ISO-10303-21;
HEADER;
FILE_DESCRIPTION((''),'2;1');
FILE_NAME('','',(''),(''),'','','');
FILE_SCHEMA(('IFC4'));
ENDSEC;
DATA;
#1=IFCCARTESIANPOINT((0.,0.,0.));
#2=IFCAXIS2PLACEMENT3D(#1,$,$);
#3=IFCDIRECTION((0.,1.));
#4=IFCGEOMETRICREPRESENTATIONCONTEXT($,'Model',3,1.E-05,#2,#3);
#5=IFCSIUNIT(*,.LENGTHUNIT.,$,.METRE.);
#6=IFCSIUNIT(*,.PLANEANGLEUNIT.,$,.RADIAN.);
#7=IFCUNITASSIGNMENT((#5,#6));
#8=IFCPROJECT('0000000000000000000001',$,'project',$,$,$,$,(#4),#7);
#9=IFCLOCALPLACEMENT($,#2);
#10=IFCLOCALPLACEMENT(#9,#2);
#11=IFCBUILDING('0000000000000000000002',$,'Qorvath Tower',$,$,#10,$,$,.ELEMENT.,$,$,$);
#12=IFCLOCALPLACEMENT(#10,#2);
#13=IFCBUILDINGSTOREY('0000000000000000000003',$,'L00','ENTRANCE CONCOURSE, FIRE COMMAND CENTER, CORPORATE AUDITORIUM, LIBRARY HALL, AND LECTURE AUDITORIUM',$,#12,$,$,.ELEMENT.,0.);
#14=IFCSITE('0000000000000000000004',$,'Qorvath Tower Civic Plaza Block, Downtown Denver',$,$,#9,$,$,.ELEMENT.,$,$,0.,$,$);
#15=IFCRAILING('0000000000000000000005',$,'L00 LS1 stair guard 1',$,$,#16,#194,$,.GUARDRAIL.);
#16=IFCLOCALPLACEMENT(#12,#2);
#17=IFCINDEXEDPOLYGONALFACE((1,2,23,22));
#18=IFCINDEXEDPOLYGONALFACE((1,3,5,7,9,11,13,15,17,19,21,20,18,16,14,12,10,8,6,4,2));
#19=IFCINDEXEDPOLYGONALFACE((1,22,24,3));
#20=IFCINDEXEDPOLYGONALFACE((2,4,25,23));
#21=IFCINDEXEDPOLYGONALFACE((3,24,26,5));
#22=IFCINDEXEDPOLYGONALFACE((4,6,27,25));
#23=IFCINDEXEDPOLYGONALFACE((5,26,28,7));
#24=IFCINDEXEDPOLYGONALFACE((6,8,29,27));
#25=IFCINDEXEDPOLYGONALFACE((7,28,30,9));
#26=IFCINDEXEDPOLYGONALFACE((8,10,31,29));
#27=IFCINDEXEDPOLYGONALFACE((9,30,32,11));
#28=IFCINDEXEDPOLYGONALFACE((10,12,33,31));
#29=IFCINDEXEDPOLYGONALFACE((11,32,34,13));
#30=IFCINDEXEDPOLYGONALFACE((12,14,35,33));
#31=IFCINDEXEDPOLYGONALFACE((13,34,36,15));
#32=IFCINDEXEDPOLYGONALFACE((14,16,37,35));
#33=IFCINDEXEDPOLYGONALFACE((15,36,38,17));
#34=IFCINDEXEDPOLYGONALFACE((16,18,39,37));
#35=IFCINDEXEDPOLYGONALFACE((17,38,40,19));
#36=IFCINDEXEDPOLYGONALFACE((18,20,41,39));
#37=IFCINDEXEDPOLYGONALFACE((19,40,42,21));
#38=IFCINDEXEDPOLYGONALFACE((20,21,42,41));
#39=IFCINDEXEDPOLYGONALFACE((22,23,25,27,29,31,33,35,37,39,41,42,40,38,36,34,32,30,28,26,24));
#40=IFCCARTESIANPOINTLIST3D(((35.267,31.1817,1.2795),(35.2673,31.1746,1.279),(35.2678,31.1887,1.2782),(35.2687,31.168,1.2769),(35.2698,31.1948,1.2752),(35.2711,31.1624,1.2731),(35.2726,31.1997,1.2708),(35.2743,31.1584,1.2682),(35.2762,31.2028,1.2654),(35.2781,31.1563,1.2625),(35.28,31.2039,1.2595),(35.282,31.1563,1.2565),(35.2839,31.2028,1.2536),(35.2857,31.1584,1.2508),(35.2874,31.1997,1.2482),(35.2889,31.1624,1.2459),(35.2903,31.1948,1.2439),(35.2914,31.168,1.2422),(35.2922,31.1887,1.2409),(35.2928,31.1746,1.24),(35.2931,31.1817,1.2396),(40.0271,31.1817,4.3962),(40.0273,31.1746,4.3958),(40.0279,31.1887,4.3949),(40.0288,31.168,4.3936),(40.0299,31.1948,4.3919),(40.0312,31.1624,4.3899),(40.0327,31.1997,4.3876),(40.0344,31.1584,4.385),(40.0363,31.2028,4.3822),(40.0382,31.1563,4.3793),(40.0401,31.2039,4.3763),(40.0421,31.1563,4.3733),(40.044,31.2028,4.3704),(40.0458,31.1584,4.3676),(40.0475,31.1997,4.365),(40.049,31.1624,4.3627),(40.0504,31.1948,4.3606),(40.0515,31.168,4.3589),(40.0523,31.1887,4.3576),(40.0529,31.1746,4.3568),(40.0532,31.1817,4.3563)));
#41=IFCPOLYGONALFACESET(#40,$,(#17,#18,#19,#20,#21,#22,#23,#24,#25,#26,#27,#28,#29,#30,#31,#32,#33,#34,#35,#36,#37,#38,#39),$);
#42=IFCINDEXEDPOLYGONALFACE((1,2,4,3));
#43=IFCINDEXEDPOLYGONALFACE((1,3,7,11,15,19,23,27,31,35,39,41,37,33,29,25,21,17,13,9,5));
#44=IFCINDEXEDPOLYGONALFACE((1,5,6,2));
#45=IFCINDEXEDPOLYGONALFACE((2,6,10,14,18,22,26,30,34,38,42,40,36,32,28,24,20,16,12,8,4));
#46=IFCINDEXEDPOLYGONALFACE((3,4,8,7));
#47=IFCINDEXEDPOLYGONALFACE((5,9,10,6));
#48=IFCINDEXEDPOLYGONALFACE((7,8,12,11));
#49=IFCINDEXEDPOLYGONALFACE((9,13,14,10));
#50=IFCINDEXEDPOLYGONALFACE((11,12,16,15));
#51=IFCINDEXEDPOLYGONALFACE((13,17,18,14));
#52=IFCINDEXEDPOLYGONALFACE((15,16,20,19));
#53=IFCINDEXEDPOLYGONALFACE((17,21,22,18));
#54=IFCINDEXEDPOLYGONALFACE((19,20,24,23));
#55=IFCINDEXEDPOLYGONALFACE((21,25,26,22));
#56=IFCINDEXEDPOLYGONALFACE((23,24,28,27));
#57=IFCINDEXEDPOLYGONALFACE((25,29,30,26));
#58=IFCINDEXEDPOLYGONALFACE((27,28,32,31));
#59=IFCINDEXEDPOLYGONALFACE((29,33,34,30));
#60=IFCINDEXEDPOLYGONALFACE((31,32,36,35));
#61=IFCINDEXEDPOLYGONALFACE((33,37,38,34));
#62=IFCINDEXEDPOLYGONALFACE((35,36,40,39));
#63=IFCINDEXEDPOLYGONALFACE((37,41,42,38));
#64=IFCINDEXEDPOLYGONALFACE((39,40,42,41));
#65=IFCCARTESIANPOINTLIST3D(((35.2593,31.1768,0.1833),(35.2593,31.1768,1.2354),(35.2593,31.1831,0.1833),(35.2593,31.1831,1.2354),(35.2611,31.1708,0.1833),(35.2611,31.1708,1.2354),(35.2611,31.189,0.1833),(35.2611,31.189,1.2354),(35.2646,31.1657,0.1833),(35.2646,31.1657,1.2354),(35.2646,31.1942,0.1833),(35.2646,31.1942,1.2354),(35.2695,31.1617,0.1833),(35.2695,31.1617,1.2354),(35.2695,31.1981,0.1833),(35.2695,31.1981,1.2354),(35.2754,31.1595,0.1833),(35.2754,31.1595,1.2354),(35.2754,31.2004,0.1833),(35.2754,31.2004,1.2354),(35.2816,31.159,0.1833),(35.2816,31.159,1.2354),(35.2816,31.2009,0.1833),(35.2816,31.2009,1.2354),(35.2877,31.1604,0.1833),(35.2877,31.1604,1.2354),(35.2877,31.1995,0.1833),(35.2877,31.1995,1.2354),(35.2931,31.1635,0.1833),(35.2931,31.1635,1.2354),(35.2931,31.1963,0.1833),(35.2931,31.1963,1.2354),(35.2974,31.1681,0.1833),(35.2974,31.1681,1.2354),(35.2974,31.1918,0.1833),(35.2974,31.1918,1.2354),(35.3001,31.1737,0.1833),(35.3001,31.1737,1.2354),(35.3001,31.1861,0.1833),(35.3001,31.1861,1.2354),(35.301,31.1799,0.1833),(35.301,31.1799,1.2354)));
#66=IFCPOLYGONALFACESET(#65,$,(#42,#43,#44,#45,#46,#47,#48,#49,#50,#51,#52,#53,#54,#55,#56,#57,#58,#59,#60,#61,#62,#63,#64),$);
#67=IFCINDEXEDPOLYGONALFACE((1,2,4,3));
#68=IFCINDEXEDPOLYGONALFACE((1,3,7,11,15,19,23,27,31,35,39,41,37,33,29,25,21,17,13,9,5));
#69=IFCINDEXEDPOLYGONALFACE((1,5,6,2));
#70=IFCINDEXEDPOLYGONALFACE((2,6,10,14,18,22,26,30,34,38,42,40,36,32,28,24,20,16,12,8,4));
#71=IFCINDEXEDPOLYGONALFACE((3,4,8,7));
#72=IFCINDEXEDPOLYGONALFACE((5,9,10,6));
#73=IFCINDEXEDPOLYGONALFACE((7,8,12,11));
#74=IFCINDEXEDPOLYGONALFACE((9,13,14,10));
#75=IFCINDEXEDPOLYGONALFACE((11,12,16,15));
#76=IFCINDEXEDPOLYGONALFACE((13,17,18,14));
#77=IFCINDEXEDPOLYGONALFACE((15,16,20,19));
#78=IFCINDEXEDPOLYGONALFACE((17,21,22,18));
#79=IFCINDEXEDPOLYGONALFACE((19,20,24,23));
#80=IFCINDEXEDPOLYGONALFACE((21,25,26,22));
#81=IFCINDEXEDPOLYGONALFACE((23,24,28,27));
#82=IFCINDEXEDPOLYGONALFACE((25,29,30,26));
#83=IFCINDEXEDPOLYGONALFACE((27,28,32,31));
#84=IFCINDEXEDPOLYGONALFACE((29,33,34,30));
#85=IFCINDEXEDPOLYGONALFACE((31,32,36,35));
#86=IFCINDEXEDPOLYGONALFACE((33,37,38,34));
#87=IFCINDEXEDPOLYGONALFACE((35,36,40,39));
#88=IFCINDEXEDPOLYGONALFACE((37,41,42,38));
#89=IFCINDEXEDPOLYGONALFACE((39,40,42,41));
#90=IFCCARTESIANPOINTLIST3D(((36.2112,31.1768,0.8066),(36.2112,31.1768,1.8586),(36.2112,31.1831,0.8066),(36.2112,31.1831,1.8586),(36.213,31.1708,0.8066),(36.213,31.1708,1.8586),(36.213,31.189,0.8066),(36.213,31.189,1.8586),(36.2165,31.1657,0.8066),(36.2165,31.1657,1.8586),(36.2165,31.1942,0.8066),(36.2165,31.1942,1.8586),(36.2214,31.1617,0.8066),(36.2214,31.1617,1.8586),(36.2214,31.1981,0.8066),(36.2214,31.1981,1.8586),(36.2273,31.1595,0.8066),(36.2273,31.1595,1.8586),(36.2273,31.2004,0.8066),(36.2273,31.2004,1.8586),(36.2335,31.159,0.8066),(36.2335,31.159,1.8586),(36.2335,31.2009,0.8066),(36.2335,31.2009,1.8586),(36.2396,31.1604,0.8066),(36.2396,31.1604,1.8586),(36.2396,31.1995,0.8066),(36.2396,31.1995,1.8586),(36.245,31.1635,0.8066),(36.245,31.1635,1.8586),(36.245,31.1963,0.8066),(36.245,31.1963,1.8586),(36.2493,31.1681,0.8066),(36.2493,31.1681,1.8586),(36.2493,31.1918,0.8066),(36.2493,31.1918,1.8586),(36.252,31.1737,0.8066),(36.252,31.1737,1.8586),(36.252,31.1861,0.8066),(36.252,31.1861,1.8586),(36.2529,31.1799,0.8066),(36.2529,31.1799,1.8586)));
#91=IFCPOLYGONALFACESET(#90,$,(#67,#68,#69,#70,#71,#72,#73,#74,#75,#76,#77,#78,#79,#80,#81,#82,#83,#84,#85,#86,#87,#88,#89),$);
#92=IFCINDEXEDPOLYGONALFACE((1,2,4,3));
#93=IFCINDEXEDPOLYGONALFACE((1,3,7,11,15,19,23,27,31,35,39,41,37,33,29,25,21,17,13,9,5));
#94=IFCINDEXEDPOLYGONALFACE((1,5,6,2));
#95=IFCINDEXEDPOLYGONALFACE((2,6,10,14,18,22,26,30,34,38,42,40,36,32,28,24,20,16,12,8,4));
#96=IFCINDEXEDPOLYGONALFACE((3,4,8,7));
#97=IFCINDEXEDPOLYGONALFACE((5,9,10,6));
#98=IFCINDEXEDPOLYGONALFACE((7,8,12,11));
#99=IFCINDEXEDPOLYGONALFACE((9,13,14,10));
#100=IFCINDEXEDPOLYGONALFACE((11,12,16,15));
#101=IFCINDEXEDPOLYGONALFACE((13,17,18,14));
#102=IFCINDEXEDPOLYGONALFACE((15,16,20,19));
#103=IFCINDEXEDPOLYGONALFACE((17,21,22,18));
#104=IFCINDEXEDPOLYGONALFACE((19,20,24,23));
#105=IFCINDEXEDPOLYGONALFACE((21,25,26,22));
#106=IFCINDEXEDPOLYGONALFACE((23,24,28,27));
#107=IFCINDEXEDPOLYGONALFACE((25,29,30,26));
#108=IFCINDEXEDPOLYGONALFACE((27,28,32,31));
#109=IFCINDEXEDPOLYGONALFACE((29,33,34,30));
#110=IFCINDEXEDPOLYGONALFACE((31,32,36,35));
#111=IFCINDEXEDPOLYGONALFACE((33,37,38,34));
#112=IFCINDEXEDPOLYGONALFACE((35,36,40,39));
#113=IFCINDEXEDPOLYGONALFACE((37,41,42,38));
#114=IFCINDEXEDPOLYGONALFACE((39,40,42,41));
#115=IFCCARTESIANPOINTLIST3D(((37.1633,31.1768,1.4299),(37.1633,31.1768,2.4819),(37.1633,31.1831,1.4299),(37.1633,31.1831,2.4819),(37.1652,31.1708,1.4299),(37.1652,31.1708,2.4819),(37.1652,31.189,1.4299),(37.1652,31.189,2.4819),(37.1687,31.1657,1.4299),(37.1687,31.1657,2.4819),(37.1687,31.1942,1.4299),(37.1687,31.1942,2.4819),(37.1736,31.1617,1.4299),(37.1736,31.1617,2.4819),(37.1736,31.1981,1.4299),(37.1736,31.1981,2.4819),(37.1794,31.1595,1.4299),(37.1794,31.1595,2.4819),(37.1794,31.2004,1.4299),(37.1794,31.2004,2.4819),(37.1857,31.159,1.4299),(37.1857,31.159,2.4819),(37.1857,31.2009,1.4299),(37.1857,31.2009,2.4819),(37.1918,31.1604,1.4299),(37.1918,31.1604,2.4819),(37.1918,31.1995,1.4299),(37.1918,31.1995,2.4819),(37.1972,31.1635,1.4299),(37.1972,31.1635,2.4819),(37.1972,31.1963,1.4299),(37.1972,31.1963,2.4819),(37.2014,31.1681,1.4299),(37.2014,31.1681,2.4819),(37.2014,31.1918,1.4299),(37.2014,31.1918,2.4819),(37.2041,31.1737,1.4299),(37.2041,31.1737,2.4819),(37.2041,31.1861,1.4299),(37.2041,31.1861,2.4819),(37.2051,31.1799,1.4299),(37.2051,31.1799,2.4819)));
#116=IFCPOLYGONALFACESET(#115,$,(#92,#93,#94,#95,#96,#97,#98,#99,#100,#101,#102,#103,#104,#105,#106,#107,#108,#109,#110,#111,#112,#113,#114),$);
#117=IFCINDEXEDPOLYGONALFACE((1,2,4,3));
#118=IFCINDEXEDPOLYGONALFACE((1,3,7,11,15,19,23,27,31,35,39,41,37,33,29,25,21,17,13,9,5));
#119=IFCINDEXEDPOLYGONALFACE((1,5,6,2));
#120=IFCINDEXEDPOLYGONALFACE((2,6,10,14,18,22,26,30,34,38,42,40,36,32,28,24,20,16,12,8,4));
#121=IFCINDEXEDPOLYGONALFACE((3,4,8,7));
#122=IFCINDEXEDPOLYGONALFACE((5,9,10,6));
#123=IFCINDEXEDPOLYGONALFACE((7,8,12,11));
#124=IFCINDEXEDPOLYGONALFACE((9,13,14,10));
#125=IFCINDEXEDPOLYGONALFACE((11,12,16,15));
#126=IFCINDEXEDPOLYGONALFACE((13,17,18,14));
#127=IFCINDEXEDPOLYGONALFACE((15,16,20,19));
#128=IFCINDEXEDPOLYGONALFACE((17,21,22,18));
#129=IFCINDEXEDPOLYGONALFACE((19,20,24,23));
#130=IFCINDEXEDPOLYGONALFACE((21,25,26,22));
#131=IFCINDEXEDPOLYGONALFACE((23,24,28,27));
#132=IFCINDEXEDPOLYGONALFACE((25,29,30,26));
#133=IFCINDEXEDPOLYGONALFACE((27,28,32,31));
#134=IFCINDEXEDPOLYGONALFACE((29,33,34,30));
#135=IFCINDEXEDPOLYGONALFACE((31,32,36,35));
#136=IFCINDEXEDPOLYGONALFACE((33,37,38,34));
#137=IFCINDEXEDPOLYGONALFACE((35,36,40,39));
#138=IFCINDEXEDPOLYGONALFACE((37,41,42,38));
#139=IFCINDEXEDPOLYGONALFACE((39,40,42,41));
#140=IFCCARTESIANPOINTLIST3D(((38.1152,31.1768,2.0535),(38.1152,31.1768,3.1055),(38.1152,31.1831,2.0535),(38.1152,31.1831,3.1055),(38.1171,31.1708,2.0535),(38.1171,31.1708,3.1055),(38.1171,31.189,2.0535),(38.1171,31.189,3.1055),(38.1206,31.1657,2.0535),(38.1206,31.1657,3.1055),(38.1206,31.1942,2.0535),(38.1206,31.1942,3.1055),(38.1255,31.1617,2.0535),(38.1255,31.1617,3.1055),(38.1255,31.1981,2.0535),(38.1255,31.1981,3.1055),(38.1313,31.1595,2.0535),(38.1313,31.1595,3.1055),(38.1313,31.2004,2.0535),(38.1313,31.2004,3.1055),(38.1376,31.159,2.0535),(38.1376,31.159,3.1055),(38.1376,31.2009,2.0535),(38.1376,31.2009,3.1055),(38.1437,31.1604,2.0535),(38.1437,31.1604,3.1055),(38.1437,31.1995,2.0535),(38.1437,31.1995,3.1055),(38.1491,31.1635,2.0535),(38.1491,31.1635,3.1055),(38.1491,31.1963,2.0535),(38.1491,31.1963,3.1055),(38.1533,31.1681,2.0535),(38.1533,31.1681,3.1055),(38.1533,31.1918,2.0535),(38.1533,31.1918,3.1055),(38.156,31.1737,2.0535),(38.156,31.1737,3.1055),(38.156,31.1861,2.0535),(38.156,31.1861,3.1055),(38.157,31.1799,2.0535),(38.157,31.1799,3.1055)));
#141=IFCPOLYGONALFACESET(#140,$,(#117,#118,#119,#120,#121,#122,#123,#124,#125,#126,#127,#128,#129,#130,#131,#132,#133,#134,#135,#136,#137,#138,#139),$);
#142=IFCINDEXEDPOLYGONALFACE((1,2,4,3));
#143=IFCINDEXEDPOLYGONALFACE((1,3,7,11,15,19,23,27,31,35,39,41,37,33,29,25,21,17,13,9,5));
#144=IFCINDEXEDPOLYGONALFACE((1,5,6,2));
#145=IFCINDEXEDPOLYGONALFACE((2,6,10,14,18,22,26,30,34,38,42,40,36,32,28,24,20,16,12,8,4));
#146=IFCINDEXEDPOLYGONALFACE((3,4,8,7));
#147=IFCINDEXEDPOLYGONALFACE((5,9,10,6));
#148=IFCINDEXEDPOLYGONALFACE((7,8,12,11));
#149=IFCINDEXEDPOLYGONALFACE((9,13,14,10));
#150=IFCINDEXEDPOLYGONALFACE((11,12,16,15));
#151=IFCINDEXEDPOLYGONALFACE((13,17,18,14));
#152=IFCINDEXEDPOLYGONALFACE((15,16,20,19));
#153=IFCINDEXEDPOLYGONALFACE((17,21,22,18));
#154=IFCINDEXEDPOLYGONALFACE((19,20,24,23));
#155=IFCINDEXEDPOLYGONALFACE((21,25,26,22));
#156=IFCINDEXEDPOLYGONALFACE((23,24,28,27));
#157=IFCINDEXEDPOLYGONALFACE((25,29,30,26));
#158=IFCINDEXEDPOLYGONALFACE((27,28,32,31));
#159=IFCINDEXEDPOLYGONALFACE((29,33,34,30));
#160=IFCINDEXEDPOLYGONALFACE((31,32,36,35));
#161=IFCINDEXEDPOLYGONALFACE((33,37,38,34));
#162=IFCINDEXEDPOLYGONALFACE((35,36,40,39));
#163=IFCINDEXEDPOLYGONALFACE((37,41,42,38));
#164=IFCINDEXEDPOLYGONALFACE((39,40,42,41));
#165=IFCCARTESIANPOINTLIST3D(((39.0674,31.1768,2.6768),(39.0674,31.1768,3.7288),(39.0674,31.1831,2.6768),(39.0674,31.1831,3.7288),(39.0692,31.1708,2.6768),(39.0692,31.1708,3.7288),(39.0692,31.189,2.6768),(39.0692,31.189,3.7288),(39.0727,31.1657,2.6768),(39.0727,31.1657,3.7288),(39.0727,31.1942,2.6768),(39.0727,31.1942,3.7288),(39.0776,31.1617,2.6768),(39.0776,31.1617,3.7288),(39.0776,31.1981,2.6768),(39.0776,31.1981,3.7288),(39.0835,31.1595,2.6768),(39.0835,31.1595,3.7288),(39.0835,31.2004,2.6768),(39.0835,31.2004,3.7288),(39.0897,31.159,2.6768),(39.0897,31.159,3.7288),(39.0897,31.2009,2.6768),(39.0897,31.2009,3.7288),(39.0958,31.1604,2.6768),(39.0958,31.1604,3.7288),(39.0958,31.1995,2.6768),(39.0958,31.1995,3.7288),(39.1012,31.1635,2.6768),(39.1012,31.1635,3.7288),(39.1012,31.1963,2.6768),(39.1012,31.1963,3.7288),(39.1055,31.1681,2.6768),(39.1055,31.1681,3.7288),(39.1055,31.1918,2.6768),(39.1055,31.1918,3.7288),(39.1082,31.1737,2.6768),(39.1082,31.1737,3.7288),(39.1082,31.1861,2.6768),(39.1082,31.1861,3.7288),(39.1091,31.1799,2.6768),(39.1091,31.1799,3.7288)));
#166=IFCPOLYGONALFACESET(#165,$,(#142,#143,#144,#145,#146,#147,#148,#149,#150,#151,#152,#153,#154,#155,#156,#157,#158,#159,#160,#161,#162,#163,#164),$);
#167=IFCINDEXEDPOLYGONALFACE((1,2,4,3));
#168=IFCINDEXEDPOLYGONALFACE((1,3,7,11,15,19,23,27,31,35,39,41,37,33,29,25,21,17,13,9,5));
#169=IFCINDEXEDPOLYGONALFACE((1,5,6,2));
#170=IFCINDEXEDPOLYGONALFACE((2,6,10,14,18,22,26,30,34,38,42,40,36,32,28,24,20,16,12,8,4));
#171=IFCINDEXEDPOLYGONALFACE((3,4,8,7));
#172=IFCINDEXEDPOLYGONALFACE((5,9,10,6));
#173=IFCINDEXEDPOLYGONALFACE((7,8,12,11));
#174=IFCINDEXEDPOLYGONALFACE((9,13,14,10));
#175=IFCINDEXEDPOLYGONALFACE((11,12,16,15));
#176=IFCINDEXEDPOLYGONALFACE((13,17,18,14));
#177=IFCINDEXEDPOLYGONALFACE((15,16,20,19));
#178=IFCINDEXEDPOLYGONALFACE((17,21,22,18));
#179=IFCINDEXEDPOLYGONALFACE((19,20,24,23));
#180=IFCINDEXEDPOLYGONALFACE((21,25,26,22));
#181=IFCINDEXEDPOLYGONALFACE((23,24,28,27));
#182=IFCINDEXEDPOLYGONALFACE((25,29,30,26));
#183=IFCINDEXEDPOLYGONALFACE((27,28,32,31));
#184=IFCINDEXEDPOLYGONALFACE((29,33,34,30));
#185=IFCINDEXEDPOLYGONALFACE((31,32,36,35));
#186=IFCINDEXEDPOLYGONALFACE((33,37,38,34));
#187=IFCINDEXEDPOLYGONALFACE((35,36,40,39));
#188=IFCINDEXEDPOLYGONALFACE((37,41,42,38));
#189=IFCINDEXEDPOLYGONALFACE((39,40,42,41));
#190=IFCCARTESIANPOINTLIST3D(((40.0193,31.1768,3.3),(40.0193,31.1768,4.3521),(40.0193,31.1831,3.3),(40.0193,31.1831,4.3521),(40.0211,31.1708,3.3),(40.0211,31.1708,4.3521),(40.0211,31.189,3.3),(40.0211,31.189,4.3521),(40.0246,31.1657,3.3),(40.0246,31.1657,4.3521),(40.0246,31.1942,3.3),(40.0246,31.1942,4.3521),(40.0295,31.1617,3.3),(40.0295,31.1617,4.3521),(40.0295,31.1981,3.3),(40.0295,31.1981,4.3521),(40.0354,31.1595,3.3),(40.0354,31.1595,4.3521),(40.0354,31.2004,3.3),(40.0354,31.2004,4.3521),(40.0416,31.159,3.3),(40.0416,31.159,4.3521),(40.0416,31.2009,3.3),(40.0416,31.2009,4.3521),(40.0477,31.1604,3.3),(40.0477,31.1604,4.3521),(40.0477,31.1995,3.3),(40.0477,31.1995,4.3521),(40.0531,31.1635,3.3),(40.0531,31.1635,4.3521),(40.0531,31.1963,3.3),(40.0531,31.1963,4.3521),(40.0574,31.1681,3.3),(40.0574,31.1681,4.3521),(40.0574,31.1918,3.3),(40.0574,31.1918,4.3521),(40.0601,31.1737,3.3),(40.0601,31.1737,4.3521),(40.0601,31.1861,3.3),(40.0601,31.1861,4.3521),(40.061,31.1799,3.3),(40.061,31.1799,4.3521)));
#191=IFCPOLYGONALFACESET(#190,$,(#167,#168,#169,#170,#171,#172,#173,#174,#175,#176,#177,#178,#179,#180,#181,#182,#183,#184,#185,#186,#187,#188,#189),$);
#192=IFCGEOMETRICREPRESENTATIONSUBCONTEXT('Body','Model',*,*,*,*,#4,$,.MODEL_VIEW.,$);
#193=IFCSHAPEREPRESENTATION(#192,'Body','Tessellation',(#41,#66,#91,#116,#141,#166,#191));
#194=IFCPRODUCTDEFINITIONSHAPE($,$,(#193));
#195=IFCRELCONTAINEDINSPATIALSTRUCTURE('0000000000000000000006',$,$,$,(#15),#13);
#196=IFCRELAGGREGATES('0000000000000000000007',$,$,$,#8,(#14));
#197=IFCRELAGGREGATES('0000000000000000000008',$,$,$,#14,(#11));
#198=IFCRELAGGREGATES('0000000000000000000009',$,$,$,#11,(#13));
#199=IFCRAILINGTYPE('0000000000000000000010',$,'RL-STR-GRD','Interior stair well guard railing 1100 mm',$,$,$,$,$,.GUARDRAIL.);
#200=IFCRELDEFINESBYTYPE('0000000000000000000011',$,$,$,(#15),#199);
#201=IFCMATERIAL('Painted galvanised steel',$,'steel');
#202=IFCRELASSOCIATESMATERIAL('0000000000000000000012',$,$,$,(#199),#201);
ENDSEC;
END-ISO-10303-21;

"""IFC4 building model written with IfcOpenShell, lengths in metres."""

from ifc_helpers import new_model, si_unit, direction, frame, origin, origin_2d, place, context, subcontext, project, spatial, circle, extrude, material, type_object, element, save


model = new_model("IFC4")

# Units and contexts
model_context = context("Model", 3, precision=1e-05, world=origin(), true_north=direction((0.0, 1.0)))
body_context = subcontext(model_context, "Body", "Model", "MODEL_VIEW")
ifc_project = project(units=[si_unit("LENGTHUNIT", "METRE"), si_unit("PLANEANGLEUNIT", "RADIAN")], contexts=[model_context])

# Site, building, storey
site_placement = place(None, origin())
site = spatial("IfcSite", under=ifc_project, at=site_placement, Name="Qorvath Tower Civic Plaza Block, Downtown Denver", CompositionType="ELEMENT", RefElevation=0.0)
building_placement = place(site_placement, origin())
building = spatial("IfcBuilding", under=site, at=building_placement, Name="Qorvath Tower", CompositionType="ELEMENT")
storey_placement = place(building_placement, origin())
storey = spatial("IfcBuildingStorey", under=building, at=storey_placement, Name="L00", Description="ENTRANCE CONCOURSE, FIRE COMMAND CENTER, CORPORATE AUDITORIUM, LIBRARY HALL, AND LECTURE AUDITORIUM", CompositionType="ELEMENT", Elevation=0.0)

# Railing
ifc_material_1 = material(Name="Painted galvanised steel", Category="steel")
railing_type_1 = type_object("IfcRailingType", Name="RL-STR-GRD", Description="Interior stair well guard railing 1100 mm", PredefinedType="GUARDRAIL", material=ifc_material_1)
railing_1_placement = place(storey_placement, frame((35.28, 31.1799, 0.1833)))
element("IfcRailing", 1, at=railing_1_placement, inside=storey, type_object=railing_type_1, Name="L00 LS1 stair guard 1", PredefinedType="GUARDRAIL", context=body_context, shape_type="SweptSolid", body=[
    extrude(circle(Radius=0.0239, at=origin_2d()), frame((0.0, 0.0, 1.0762), z_axis=(0.836616, 0.0, 0.547789), x_axis=(0.0, 1.0, 0.0)), (0.0, 0.0, 1.0), 5.6897),
    extrude(circle(Radius=0.021, at=origin_2d()), origin(), (0.0, 0.0, 1.0), 1.052),
    extrude(circle(Radius=0.021, at=origin_2d()), frame((0.9519, 0.0, 0.6233)), (0.0, 0.0, 1.0), 1.052),
    extrude(circle(Radius=0.021, at=origin_2d()), frame((1.9041, 0.0, 1.2466)), (0.0, 0.0, 1.0), 1.052),
    extrude(circle(Radius=0.021, at=origin_2d()), frame((2.856, 0.0, 1.8701)), (0.0, 0.0, 1.0), 1.052),
    extrude(circle(Radius=0.021, at=origin_2d()), frame((3.8081, 0.0, 2.4934)), (0.0, 0.0, 1.0), 1.052),
    extrude(circle(Radius=0.021, at=origin_2d()), frame((4.76, 0.0, 3.1167)), (0.0, 0.0, 1.0), 1.052),
])

save(model, "model.ifc")
